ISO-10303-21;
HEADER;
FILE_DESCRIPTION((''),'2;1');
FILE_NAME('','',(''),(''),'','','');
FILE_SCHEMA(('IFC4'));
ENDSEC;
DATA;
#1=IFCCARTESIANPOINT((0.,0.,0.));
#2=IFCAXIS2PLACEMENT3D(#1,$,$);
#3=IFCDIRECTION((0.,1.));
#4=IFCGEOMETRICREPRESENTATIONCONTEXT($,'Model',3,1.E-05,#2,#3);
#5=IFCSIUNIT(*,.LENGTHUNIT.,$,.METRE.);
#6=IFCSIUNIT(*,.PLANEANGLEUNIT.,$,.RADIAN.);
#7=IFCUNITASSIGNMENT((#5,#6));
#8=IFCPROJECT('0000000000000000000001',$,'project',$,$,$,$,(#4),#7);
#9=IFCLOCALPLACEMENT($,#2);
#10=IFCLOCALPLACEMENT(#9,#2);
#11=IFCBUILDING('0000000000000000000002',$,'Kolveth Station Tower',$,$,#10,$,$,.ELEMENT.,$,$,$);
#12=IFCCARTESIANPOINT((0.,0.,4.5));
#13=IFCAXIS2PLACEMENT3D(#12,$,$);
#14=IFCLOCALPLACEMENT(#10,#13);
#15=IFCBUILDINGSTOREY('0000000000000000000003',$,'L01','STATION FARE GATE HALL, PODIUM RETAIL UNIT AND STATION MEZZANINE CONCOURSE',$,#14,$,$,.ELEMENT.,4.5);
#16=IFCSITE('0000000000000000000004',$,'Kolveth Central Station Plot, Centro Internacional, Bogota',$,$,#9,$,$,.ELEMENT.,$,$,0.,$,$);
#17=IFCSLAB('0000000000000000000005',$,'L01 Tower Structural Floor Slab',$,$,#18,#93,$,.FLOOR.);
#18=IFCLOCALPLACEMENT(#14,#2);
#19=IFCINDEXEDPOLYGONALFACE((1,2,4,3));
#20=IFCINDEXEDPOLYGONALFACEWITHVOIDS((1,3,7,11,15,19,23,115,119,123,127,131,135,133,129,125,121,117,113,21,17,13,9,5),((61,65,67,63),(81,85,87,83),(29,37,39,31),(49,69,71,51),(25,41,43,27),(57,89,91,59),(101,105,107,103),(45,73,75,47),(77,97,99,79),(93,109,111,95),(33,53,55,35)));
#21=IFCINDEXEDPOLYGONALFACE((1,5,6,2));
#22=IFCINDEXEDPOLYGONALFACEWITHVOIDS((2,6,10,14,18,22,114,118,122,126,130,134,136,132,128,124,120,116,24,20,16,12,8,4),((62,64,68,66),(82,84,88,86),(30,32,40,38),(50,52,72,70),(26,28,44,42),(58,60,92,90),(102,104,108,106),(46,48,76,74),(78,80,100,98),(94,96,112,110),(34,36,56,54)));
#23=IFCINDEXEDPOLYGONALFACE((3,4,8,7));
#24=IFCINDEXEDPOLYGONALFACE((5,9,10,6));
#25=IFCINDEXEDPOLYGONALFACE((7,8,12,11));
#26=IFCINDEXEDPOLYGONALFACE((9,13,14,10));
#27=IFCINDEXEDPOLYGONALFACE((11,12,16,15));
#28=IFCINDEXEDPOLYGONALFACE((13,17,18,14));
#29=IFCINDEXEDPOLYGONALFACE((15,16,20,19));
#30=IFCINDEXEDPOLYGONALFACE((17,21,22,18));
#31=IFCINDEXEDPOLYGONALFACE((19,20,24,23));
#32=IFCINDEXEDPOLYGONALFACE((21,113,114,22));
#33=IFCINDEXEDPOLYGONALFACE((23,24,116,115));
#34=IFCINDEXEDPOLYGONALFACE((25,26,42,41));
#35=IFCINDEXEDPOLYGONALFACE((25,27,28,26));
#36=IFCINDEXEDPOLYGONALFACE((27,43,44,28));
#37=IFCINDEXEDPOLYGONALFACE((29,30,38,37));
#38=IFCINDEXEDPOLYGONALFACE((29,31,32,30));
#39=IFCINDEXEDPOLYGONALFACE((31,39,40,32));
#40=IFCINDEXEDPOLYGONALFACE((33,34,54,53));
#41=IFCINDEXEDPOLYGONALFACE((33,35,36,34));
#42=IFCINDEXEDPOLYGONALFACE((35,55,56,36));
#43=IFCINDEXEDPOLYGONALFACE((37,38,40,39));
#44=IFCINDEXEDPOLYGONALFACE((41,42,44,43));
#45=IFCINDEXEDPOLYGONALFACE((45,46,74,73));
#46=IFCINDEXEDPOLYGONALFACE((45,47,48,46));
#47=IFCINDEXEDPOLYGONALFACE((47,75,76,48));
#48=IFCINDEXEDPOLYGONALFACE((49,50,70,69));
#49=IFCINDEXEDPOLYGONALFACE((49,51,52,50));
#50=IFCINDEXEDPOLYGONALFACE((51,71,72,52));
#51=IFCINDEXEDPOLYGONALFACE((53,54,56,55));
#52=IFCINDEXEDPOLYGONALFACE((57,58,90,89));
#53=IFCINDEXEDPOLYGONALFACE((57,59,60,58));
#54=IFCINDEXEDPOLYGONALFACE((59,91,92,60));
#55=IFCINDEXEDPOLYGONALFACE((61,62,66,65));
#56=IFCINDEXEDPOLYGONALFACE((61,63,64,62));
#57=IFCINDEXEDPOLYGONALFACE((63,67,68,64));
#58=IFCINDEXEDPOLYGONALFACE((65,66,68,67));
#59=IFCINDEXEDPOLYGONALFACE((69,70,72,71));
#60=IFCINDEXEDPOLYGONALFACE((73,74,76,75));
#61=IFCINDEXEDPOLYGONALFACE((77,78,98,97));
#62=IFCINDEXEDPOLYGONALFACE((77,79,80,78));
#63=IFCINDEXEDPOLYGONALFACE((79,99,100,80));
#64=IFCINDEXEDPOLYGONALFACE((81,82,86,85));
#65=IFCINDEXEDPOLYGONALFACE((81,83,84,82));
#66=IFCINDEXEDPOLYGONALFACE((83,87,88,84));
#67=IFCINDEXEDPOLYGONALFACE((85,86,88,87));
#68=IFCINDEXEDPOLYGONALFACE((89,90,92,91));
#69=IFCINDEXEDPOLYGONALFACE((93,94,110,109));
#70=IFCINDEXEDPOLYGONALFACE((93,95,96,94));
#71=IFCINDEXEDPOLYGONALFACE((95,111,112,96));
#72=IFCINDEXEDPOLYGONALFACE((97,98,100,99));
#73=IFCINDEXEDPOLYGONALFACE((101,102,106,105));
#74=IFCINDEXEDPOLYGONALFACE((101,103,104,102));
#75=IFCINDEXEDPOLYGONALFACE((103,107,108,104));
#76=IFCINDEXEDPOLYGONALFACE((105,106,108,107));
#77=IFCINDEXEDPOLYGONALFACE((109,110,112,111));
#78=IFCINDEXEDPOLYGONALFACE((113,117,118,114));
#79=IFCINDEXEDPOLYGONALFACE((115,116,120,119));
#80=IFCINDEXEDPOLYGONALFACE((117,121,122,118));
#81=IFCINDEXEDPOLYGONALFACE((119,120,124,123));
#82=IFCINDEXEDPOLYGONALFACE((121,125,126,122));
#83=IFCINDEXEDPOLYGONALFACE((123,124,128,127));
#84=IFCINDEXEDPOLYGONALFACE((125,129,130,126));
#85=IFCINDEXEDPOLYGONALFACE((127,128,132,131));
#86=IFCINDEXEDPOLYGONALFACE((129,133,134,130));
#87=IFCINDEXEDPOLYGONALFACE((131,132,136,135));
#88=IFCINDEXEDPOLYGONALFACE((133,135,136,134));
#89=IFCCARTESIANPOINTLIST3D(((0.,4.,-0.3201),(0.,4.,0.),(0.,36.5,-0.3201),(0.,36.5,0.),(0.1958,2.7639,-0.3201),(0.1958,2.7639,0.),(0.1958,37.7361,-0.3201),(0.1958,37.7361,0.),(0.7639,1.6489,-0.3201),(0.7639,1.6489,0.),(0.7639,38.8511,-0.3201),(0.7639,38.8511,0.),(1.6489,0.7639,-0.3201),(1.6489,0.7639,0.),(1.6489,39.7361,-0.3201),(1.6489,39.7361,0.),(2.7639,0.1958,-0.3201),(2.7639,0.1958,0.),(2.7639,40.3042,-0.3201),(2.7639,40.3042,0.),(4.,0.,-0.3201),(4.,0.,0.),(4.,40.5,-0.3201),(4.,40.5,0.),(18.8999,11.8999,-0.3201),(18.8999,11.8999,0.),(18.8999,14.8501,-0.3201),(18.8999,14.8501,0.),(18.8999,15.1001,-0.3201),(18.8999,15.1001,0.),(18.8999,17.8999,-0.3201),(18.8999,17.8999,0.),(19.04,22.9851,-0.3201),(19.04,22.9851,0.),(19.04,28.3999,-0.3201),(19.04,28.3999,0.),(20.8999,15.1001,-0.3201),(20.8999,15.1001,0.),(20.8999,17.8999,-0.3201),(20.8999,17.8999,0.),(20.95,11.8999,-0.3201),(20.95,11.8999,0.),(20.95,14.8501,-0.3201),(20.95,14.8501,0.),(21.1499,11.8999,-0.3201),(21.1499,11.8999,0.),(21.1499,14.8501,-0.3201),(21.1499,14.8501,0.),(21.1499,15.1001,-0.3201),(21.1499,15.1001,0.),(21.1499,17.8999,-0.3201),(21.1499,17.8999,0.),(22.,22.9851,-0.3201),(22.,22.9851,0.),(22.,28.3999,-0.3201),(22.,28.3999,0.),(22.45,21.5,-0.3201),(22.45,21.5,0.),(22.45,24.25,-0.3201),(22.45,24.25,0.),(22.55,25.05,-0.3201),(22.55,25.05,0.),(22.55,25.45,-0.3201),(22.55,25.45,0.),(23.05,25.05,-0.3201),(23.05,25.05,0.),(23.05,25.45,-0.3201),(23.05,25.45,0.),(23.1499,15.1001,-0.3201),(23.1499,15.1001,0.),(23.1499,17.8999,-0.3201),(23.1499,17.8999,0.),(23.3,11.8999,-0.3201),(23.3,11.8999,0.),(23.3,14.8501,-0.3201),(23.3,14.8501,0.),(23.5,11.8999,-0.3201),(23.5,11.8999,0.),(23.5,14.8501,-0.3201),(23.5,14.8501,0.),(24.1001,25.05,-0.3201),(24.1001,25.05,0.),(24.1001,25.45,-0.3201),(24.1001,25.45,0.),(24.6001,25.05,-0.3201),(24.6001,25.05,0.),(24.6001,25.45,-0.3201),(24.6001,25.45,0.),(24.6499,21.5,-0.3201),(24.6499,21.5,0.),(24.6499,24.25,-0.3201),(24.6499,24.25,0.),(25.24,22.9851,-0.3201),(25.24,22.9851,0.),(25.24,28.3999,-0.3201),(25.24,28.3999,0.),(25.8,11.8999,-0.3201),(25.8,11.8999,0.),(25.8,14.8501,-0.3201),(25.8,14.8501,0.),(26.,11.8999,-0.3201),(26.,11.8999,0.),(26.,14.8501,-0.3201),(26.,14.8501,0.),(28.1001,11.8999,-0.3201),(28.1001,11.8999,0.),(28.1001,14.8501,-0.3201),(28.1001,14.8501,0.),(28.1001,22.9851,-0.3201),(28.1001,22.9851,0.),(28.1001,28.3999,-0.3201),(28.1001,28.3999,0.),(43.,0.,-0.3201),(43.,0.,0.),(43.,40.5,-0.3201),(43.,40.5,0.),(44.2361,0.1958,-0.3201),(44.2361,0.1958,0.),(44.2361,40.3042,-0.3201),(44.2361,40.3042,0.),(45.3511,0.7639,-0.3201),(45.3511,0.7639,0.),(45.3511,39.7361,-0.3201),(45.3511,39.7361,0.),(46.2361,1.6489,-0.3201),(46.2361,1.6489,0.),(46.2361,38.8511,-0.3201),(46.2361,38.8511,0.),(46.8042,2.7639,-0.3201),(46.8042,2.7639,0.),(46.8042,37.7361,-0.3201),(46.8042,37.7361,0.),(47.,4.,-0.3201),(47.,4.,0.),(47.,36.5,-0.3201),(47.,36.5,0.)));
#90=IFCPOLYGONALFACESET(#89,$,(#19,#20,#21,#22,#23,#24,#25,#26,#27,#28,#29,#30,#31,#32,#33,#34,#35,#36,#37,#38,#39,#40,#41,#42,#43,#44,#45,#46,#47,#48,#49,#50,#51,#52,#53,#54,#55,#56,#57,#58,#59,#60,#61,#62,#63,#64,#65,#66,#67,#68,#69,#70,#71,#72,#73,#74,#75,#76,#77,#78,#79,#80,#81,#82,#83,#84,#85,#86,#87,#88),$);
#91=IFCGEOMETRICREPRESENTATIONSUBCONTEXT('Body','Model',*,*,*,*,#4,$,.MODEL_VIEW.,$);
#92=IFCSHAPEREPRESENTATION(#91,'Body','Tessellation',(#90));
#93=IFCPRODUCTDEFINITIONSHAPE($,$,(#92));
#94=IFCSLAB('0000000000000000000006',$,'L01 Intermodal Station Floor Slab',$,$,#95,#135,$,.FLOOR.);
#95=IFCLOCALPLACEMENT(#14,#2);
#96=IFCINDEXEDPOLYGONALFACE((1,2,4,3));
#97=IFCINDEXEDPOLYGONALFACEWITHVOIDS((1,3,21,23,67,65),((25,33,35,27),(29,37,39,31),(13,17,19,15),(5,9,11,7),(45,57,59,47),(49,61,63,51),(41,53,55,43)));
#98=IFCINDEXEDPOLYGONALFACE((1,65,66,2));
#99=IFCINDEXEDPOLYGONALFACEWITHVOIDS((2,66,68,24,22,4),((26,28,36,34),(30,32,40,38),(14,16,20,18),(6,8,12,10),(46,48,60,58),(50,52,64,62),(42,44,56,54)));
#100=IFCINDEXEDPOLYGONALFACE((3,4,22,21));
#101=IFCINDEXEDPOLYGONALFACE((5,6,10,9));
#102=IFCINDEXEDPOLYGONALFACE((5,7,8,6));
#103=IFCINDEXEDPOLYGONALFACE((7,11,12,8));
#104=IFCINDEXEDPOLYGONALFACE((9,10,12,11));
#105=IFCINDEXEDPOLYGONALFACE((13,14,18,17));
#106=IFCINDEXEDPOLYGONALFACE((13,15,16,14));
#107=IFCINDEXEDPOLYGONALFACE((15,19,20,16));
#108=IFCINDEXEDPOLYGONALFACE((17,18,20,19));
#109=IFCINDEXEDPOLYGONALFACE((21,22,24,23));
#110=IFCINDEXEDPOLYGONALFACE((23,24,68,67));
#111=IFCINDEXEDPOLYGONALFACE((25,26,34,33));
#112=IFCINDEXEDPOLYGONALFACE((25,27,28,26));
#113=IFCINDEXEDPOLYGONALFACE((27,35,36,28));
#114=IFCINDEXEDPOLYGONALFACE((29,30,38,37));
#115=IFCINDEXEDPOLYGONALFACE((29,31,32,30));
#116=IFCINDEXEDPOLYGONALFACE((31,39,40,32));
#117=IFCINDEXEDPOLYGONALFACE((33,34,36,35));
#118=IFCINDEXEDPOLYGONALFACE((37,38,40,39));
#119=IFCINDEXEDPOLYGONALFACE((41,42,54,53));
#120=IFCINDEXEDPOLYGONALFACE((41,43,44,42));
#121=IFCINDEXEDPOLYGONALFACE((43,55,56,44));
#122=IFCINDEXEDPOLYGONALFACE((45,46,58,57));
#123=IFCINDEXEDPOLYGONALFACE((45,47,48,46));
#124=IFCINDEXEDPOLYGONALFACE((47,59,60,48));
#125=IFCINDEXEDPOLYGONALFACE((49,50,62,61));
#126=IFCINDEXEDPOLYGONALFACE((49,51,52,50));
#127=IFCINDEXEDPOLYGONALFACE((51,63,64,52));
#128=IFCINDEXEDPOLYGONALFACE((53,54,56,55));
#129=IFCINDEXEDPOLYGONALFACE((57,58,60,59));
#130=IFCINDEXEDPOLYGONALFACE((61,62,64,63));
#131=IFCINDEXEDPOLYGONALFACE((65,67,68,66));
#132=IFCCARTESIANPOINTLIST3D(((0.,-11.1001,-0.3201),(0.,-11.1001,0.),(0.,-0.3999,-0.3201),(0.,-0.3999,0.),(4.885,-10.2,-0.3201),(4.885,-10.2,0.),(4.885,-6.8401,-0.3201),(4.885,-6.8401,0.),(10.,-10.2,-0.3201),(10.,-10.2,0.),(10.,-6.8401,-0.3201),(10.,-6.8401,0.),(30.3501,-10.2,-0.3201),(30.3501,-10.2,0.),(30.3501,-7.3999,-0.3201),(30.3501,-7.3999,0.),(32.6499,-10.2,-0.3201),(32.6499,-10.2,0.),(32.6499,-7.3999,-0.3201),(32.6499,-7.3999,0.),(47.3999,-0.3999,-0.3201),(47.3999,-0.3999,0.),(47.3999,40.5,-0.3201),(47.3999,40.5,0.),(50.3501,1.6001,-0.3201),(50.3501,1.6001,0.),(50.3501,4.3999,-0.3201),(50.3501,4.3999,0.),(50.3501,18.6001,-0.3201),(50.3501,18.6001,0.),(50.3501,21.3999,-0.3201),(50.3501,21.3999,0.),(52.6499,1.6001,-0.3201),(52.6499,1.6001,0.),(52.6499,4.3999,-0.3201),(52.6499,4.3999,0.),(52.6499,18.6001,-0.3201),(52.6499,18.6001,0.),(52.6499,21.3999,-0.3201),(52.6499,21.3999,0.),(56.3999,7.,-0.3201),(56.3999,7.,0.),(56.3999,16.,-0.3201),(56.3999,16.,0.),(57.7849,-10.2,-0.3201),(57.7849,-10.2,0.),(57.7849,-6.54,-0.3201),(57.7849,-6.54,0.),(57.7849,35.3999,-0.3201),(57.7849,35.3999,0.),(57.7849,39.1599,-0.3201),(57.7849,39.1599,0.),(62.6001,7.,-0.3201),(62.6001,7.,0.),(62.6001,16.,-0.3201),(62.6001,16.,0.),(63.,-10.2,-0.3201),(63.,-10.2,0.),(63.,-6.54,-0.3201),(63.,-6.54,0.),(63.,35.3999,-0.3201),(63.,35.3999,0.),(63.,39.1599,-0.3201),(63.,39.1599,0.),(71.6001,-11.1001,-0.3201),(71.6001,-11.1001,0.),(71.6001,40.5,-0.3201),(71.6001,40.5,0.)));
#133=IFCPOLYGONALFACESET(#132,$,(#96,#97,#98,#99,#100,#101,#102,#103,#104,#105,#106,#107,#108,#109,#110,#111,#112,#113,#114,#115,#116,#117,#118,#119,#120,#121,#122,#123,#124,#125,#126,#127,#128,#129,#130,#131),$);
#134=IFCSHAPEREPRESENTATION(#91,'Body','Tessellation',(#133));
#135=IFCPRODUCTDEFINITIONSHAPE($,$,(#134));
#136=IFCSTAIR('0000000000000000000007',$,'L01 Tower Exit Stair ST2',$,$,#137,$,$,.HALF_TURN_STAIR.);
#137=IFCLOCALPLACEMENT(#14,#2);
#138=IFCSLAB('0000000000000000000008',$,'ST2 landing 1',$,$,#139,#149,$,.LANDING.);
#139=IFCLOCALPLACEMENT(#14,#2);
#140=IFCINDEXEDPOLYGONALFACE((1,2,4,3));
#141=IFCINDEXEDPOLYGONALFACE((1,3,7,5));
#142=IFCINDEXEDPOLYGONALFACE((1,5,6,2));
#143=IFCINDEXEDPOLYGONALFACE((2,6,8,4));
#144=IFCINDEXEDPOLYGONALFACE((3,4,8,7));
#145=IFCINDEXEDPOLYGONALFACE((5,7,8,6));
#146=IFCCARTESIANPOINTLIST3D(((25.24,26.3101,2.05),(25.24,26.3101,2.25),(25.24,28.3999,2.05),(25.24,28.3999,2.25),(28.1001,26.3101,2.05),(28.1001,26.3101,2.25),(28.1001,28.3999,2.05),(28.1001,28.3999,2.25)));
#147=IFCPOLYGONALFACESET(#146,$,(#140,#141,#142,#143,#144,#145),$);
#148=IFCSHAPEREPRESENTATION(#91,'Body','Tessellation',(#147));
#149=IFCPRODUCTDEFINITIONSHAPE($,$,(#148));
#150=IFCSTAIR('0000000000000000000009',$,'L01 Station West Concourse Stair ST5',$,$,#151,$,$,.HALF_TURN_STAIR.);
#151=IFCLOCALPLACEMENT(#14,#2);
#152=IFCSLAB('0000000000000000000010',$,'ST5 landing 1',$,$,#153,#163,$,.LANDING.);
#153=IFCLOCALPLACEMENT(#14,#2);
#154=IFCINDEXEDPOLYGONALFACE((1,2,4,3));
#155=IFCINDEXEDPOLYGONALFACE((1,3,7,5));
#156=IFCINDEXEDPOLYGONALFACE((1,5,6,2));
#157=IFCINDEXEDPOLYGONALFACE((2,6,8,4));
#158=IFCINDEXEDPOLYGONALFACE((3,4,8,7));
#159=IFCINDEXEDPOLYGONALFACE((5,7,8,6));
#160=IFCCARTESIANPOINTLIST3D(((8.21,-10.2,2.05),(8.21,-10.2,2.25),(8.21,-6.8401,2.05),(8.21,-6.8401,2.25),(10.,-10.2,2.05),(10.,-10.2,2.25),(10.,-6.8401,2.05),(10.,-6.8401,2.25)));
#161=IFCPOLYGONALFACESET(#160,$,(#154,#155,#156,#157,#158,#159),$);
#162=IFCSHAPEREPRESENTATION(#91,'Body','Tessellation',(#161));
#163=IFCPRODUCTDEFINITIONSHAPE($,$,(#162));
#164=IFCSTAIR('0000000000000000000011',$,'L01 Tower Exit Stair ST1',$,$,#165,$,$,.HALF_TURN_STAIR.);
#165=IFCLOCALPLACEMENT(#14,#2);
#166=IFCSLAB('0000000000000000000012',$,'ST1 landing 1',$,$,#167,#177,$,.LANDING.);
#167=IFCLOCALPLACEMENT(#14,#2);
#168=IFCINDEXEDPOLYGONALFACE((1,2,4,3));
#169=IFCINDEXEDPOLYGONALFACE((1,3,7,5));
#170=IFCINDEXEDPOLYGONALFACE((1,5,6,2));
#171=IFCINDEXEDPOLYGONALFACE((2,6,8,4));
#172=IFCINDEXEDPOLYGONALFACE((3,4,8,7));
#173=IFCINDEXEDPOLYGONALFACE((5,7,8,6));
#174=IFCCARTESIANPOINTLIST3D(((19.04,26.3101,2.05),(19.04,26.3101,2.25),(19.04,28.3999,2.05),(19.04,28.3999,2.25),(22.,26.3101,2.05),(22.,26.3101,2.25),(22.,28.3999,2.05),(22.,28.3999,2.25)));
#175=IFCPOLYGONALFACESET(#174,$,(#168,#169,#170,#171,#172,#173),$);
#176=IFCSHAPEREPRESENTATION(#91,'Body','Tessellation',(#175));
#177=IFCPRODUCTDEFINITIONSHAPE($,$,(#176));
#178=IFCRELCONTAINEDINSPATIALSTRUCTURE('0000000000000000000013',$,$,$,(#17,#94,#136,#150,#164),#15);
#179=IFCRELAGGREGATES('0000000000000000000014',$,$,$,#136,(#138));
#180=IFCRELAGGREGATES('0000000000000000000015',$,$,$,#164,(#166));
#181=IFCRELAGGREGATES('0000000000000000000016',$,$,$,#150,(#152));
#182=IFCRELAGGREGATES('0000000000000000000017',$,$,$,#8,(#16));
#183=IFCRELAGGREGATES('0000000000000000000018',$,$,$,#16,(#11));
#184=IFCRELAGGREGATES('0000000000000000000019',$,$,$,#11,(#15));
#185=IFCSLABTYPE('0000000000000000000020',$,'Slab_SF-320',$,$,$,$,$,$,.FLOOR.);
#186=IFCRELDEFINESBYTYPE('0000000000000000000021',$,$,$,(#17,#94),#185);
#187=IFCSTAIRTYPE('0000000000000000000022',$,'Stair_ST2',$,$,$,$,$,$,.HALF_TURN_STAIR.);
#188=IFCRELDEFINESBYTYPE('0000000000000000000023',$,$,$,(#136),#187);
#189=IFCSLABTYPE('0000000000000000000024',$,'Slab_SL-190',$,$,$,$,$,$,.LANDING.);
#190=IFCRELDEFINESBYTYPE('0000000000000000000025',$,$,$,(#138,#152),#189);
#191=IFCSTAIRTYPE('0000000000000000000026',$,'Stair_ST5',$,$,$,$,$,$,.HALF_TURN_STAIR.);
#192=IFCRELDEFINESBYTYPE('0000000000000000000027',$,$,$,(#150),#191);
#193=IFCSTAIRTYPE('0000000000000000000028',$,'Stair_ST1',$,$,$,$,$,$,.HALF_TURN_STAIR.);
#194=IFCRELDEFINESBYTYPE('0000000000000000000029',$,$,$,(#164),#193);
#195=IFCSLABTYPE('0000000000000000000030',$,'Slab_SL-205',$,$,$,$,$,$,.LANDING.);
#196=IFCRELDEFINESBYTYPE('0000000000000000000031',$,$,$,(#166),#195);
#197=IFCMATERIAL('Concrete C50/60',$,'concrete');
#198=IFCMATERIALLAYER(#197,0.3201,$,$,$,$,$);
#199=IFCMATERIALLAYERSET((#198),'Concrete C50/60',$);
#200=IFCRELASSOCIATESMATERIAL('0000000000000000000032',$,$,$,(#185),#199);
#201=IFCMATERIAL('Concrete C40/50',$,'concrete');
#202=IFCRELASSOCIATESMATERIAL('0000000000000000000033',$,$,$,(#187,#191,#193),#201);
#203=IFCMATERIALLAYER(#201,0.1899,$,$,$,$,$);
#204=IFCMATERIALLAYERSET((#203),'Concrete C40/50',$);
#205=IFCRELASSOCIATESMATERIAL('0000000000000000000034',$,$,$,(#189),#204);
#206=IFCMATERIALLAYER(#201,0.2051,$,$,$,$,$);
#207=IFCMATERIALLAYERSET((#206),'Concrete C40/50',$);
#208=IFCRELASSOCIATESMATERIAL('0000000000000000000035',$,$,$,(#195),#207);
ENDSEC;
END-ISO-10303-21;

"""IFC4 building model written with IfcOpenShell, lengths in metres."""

from ifc_helpers import new_model, si_unit, direction, frame, origin, place, context, subcontext, project, spatial, polyline, outline, extrude, material, layer, layer_set, type_object, element, aggregate, save


model = new_model("IFC4")

# Units and contexts
model_context = context("Model", 3, precision=1e-05, world=origin(), true_north=direction((0.0, 1.0)))
body_context = subcontext(model_context, "Body", "Model", "MODEL_VIEW")
ifc_project = project(units=[si_unit("LENGTHUNIT", "METRE"), si_unit("PLANEANGLEUNIT", "RADIAN")], contexts=[model_context])

# Site, building, storey
site_placement = place(None, origin())
site = spatial("IfcSite", under=ifc_project, at=site_placement, Name="Kolveth Central Station Plot, Centro Internacional, Bogota", CompositionType="ELEMENT", RefElevation=0.0)
building_placement = place(site_placement, origin())
building = spatial("IfcBuilding", under=site, at=building_placement, Name="Kolveth Station Tower", CompositionType="ELEMENT")
storey_placement = place(building_placement, frame((0.0, 0.0, 4.5)))
storey = spatial("IfcBuildingStorey", under=building, at=storey_placement, Name="L01", Description="STATION FARE GATE HALL, PODIUM RETAIL UNIT AND STATION MEZZANINE CONCOURSE", CompositionType="ELEMENT", Elevation=4.5)

# Slabs
ifc_material_1 = material(Name="Concrete C50/60", Category="concrete")
ifc_layer_1 = layer(ifc_material_1, 0.3201)
ifc_layer_set_1 = layer_set([ifc_layer_1], Name="Concrete C50/60")
slab_type_1 = type_object("IfcSlabType", Name="Slab_SF-320", PredefinedType="FLOOR", material=ifc_layer_set_1)
slab_1_placement = place(storey_placement, frame((0.0, 0.0, -0.3201)))
element("IfcSlab", 1, at=slab_1_placement, inside=storey, type_object=slab_type_1, Name="L01 Tower Structural Floor Slab", PredefinedType="FLOOR", context=body_context, shape_type="SweptSolid", body=[
    extrude(outline(polyline([(43.0, 0.0), (44.2361, 0.1958), (45.3511, 0.7639), (46.2361, 1.6489), (46.8042, 2.7639), (47.0, 4.0), (47.0, 36.5), (46.8042, 37.7361), (46.2361, 38.8511), (45.3511, 39.7361), (44.2361, 40.3042), (43.0, 40.5), (4.0, 40.5), (2.7639, 40.3042), (1.6489, 39.7361), (0.7639, 38.8511), (0.1958, 37.7361), (0.0, 36.5), (0.0, 4.0), (0.1958, 2.7639), (0.7639, 1.6489), (1.6489, 0.7639), (2.7639, 0.1958), (4.0, 0.0), (43.0, 0.0)]), holes=[polyline([(19.04, 22.9851), (22.0, 22.9851), (22.0, 28.3999), (19.04, 28.3999), (19.04, 22.9851)]), polyline([(25.24, 22.9851), (28.1001, 22.9851), (28.1001, 28.3999), (25.24, 28.3999), (25.24, 22.9851)]), polyline([(18.8999, 15.1001), (20.8999, 15.1001), (20.8999, 17.8999), (18.8999, 17.8999), (18.8999, 15.1001)]), polyline([(21.1499, 15.1001), (23.1499, 15.1001), (23.1499, 17.8999), (21.1499, 17.8999), (21.1499, 15.1001)]), polyline([(22.45, 21.5), (24.6499, 21.5), (24.6499, 24.25), (22.45, 24.25), (22.45, 21.5)]), polyline([(18.8999, 11.8999), (20.95, 11.8999), (20.95, 14.8501), (18.8999, 14.8501), (18.8999, 11.8999)]), polyline([(21.1499, 11.8999), (23.3, 11.8999), (23.3, 14.8501), (21.1499, 14.8501), (21.1499, 11.8999)]), polyline([(23.5, 11.8999), (25.8, 11.8999), (25.8, 14.8501), (23.5, 14.8501), (23.5, 11.8999)]), polyline([(26.0, 11.8999), (28.1001, 11.8999), (28.1001, 14.8501), (26.0, 14.8501), (26.0, 11.8999)]), polyline([(22.55, 25.05), (23.05, 25.05), (23.05, 25.45), (22.55, 25.45), (22.55, 25.05)]), polyline([(24.1001, 25.05), (24.6001, 25.05), (24.6001, 25.45), (24.1001, 25.45), (24.1001, 25.05)])]), origin(), (0.0, 0.0, 1.0), 0.3201),
])
slab_2_placement = place(storey_placement, frame((0.0, 0.0, -0.3201)))
element("IfcSlab", 2, at=slab_2_placement, inside=storey, type_object=slab_type_1, Name="L01 Intermodal Station Floor Slab", PredefinedType="FLOOR", context=body_context, shape_type="SweptSolid", body=[
    extrude(outline(polyline([(0.0, -11.1001), (71.6001, -11.1001), (71.6001, 40.5), (47.3999, 40.5), (47.3999, -0.3999), (0.0, -0.3999), (0.0, -11.1001)]), holes=[polyline([(57.7849, 35.3999), (63.0, 35.3999), (63.0, 39.1599), (57.7849, 39.1599), (57.7849, 35.3999)]), polyline([(57.7849, -10.2), (63.0, -10.2), (63.0, -6.54), (57.7849, -6.54), (57.7849, -10.2)]), polyline([(4.885, -10.2), (10.0, -10.2), (10.0, -6.8401), (4.885, -6.8401), (4.885, -10.2)]), polyline([(50.3501, 1.6001), (52.6499, 1.6001), (52.6499, 4.3999), (50.3501, 4.3999), (50.3501, 1.6001)]), polyline([(50.3501, 18.6001), (52.6499, 18.6001), (52.6499, 21.3999), (50.3501, 21.3999), (50.3501, 18.6001)]), polyline([(30.3501, -10.2), (32.6499, -10.2), (32.6499, -7.3999), (30.3501, -7.3999), (30.3501, -10.2)]), polyline([(56.3999, 7.0), (62.6001, 7.0), (62.6001, 16.0), (56.3999, 16.0), (56.3999, 7.0)])]), origin(), (0.0, 0.0, 1.0), 0.3201),
])

# Stairs, slabs
ifc_material_2 = material(Name="Concrete C40/50", Category="concrete")
stair_type_1 = type_object("IfcStairType", Name="Stair_ST2", PredefinedType="HALF_TURN_STAIR", material=ifc_material_2)
stair_1_placement = place(storey_placement, origin())
stair_1 = element("IfcStair", 3, at=stair_1_placement, inside=storey, type_object=stair_type_1, Name="L01 Tower Exit Stair ST2", PredefinedType="HALF_TURN_STAIR")
ifc_layer_2 = layer(ifc_material_2, 0.1899)
ifc_layer_set_2 = layer_set([ifc_layer_2], Name="Concrete C40/50")
slab_type_2 = type_object("IfcSlabType", Name="Slab_SL-190", PredefinedType="LANDING", material=ifc_layer_set_2)
slab_3_placement = place(storey_placement, frame((0.0, 0.0, 2.05)))
slab_3 = element("IfcSlab", 4, at=slab_3_placement, type_object=slab_type_2, Name="ST2 landing 1", PredefinedType="LANDING", context=body_context, shape_type="SweptSolid", body=[
    extrude(outline(polyline([(28.1001, 26.3101), (28.1001, 28.3999), (25.24, 28.3999), (25.24, 26.3101), (28.1001, 26.3101)])), origin(), (0.0, 0.0, 1.0), 0.2),
])
aggregate(stair_1, [slab_3])
stair_type_2 = type_object("IfcStairType", Name="Stair_ST5", PredefinedType="HALF_TURN_STAIR", material=ifc_material_2)
stair_2_placement = place(storey_placement, origin())
stair_2 = element("IfcStair", 5, at=stair_2_placement, inside=storey, type_object=stair_type_2, Name="L01 Station West Concourse Stair ST5", PredefinedType="HALF_TURN_STAIR")
slab_4_placement = place(storey_placement, frame((0.0, 0.0, 2.05)))
slab_4 = element("IfcSlab", 6, at=slab_4_placement, type_object=slab_type_2, Name="ST5 landing 1", PredefinedType="LANDING", context=body_context, shape_type="SweptSolid", body=[
    extrude(outline(polyline([(8.21, -10.2), (10.0, -10.2), (10.0, -6.8401), (8.21, -6.8401), (8.21, -10.2)])), origin(), (0.0, 0.0, 1.0), 0.2),
])
stair_type_3 = type_object("IfcStairType", Name="Stair_ST1", PredefinedType="HALF_TURN_STAIR", material=ifc_material_2)
stair_3_placement = place(storey_placement, origin())
stair_3 = element("IfcStair", 7, at=stair_3_placement, inside=storey, type_object=stair_type_3, Name="L01 Tower Exit Stair ST1", PredefinedType="HALF_TURN_STAIR")
ifc_layer_3 = layer(ifc_material_2, 0.2051)
ifc_layer_set_3 = layer_set([ifc_layer_3], Name="Concrete C40/50")
slab_type_3 = type_object("IfcSlabType", Name="Slab_SL-205", PredefinedType="LANDING", material=ifc_layer_set_3)
slab_5_placement = place(storey_placement, frame((0.0, 0.0, 2.05)))
slab_5 = element("IfcSlab", 8, at=slab_5_placement, type_object=slab_type_3, Name="ST1 landing 1", PredefinedType="LANDING", context=body_context, shape_type="SweptSolid", body=[
    extrude(outline(polyline([(22.0, 26.3101), (22.0, 28.3999), (19.04, 28.3999), (19.04, 26.3101), (22.0, 26.3101)])), origin(), (0.0, 0.0, 1.0), 0.2),
])
aggregate(stair_3, [slab_5])

aggregate(stair_2, [slab_4])

save(model, "model.ifc")
